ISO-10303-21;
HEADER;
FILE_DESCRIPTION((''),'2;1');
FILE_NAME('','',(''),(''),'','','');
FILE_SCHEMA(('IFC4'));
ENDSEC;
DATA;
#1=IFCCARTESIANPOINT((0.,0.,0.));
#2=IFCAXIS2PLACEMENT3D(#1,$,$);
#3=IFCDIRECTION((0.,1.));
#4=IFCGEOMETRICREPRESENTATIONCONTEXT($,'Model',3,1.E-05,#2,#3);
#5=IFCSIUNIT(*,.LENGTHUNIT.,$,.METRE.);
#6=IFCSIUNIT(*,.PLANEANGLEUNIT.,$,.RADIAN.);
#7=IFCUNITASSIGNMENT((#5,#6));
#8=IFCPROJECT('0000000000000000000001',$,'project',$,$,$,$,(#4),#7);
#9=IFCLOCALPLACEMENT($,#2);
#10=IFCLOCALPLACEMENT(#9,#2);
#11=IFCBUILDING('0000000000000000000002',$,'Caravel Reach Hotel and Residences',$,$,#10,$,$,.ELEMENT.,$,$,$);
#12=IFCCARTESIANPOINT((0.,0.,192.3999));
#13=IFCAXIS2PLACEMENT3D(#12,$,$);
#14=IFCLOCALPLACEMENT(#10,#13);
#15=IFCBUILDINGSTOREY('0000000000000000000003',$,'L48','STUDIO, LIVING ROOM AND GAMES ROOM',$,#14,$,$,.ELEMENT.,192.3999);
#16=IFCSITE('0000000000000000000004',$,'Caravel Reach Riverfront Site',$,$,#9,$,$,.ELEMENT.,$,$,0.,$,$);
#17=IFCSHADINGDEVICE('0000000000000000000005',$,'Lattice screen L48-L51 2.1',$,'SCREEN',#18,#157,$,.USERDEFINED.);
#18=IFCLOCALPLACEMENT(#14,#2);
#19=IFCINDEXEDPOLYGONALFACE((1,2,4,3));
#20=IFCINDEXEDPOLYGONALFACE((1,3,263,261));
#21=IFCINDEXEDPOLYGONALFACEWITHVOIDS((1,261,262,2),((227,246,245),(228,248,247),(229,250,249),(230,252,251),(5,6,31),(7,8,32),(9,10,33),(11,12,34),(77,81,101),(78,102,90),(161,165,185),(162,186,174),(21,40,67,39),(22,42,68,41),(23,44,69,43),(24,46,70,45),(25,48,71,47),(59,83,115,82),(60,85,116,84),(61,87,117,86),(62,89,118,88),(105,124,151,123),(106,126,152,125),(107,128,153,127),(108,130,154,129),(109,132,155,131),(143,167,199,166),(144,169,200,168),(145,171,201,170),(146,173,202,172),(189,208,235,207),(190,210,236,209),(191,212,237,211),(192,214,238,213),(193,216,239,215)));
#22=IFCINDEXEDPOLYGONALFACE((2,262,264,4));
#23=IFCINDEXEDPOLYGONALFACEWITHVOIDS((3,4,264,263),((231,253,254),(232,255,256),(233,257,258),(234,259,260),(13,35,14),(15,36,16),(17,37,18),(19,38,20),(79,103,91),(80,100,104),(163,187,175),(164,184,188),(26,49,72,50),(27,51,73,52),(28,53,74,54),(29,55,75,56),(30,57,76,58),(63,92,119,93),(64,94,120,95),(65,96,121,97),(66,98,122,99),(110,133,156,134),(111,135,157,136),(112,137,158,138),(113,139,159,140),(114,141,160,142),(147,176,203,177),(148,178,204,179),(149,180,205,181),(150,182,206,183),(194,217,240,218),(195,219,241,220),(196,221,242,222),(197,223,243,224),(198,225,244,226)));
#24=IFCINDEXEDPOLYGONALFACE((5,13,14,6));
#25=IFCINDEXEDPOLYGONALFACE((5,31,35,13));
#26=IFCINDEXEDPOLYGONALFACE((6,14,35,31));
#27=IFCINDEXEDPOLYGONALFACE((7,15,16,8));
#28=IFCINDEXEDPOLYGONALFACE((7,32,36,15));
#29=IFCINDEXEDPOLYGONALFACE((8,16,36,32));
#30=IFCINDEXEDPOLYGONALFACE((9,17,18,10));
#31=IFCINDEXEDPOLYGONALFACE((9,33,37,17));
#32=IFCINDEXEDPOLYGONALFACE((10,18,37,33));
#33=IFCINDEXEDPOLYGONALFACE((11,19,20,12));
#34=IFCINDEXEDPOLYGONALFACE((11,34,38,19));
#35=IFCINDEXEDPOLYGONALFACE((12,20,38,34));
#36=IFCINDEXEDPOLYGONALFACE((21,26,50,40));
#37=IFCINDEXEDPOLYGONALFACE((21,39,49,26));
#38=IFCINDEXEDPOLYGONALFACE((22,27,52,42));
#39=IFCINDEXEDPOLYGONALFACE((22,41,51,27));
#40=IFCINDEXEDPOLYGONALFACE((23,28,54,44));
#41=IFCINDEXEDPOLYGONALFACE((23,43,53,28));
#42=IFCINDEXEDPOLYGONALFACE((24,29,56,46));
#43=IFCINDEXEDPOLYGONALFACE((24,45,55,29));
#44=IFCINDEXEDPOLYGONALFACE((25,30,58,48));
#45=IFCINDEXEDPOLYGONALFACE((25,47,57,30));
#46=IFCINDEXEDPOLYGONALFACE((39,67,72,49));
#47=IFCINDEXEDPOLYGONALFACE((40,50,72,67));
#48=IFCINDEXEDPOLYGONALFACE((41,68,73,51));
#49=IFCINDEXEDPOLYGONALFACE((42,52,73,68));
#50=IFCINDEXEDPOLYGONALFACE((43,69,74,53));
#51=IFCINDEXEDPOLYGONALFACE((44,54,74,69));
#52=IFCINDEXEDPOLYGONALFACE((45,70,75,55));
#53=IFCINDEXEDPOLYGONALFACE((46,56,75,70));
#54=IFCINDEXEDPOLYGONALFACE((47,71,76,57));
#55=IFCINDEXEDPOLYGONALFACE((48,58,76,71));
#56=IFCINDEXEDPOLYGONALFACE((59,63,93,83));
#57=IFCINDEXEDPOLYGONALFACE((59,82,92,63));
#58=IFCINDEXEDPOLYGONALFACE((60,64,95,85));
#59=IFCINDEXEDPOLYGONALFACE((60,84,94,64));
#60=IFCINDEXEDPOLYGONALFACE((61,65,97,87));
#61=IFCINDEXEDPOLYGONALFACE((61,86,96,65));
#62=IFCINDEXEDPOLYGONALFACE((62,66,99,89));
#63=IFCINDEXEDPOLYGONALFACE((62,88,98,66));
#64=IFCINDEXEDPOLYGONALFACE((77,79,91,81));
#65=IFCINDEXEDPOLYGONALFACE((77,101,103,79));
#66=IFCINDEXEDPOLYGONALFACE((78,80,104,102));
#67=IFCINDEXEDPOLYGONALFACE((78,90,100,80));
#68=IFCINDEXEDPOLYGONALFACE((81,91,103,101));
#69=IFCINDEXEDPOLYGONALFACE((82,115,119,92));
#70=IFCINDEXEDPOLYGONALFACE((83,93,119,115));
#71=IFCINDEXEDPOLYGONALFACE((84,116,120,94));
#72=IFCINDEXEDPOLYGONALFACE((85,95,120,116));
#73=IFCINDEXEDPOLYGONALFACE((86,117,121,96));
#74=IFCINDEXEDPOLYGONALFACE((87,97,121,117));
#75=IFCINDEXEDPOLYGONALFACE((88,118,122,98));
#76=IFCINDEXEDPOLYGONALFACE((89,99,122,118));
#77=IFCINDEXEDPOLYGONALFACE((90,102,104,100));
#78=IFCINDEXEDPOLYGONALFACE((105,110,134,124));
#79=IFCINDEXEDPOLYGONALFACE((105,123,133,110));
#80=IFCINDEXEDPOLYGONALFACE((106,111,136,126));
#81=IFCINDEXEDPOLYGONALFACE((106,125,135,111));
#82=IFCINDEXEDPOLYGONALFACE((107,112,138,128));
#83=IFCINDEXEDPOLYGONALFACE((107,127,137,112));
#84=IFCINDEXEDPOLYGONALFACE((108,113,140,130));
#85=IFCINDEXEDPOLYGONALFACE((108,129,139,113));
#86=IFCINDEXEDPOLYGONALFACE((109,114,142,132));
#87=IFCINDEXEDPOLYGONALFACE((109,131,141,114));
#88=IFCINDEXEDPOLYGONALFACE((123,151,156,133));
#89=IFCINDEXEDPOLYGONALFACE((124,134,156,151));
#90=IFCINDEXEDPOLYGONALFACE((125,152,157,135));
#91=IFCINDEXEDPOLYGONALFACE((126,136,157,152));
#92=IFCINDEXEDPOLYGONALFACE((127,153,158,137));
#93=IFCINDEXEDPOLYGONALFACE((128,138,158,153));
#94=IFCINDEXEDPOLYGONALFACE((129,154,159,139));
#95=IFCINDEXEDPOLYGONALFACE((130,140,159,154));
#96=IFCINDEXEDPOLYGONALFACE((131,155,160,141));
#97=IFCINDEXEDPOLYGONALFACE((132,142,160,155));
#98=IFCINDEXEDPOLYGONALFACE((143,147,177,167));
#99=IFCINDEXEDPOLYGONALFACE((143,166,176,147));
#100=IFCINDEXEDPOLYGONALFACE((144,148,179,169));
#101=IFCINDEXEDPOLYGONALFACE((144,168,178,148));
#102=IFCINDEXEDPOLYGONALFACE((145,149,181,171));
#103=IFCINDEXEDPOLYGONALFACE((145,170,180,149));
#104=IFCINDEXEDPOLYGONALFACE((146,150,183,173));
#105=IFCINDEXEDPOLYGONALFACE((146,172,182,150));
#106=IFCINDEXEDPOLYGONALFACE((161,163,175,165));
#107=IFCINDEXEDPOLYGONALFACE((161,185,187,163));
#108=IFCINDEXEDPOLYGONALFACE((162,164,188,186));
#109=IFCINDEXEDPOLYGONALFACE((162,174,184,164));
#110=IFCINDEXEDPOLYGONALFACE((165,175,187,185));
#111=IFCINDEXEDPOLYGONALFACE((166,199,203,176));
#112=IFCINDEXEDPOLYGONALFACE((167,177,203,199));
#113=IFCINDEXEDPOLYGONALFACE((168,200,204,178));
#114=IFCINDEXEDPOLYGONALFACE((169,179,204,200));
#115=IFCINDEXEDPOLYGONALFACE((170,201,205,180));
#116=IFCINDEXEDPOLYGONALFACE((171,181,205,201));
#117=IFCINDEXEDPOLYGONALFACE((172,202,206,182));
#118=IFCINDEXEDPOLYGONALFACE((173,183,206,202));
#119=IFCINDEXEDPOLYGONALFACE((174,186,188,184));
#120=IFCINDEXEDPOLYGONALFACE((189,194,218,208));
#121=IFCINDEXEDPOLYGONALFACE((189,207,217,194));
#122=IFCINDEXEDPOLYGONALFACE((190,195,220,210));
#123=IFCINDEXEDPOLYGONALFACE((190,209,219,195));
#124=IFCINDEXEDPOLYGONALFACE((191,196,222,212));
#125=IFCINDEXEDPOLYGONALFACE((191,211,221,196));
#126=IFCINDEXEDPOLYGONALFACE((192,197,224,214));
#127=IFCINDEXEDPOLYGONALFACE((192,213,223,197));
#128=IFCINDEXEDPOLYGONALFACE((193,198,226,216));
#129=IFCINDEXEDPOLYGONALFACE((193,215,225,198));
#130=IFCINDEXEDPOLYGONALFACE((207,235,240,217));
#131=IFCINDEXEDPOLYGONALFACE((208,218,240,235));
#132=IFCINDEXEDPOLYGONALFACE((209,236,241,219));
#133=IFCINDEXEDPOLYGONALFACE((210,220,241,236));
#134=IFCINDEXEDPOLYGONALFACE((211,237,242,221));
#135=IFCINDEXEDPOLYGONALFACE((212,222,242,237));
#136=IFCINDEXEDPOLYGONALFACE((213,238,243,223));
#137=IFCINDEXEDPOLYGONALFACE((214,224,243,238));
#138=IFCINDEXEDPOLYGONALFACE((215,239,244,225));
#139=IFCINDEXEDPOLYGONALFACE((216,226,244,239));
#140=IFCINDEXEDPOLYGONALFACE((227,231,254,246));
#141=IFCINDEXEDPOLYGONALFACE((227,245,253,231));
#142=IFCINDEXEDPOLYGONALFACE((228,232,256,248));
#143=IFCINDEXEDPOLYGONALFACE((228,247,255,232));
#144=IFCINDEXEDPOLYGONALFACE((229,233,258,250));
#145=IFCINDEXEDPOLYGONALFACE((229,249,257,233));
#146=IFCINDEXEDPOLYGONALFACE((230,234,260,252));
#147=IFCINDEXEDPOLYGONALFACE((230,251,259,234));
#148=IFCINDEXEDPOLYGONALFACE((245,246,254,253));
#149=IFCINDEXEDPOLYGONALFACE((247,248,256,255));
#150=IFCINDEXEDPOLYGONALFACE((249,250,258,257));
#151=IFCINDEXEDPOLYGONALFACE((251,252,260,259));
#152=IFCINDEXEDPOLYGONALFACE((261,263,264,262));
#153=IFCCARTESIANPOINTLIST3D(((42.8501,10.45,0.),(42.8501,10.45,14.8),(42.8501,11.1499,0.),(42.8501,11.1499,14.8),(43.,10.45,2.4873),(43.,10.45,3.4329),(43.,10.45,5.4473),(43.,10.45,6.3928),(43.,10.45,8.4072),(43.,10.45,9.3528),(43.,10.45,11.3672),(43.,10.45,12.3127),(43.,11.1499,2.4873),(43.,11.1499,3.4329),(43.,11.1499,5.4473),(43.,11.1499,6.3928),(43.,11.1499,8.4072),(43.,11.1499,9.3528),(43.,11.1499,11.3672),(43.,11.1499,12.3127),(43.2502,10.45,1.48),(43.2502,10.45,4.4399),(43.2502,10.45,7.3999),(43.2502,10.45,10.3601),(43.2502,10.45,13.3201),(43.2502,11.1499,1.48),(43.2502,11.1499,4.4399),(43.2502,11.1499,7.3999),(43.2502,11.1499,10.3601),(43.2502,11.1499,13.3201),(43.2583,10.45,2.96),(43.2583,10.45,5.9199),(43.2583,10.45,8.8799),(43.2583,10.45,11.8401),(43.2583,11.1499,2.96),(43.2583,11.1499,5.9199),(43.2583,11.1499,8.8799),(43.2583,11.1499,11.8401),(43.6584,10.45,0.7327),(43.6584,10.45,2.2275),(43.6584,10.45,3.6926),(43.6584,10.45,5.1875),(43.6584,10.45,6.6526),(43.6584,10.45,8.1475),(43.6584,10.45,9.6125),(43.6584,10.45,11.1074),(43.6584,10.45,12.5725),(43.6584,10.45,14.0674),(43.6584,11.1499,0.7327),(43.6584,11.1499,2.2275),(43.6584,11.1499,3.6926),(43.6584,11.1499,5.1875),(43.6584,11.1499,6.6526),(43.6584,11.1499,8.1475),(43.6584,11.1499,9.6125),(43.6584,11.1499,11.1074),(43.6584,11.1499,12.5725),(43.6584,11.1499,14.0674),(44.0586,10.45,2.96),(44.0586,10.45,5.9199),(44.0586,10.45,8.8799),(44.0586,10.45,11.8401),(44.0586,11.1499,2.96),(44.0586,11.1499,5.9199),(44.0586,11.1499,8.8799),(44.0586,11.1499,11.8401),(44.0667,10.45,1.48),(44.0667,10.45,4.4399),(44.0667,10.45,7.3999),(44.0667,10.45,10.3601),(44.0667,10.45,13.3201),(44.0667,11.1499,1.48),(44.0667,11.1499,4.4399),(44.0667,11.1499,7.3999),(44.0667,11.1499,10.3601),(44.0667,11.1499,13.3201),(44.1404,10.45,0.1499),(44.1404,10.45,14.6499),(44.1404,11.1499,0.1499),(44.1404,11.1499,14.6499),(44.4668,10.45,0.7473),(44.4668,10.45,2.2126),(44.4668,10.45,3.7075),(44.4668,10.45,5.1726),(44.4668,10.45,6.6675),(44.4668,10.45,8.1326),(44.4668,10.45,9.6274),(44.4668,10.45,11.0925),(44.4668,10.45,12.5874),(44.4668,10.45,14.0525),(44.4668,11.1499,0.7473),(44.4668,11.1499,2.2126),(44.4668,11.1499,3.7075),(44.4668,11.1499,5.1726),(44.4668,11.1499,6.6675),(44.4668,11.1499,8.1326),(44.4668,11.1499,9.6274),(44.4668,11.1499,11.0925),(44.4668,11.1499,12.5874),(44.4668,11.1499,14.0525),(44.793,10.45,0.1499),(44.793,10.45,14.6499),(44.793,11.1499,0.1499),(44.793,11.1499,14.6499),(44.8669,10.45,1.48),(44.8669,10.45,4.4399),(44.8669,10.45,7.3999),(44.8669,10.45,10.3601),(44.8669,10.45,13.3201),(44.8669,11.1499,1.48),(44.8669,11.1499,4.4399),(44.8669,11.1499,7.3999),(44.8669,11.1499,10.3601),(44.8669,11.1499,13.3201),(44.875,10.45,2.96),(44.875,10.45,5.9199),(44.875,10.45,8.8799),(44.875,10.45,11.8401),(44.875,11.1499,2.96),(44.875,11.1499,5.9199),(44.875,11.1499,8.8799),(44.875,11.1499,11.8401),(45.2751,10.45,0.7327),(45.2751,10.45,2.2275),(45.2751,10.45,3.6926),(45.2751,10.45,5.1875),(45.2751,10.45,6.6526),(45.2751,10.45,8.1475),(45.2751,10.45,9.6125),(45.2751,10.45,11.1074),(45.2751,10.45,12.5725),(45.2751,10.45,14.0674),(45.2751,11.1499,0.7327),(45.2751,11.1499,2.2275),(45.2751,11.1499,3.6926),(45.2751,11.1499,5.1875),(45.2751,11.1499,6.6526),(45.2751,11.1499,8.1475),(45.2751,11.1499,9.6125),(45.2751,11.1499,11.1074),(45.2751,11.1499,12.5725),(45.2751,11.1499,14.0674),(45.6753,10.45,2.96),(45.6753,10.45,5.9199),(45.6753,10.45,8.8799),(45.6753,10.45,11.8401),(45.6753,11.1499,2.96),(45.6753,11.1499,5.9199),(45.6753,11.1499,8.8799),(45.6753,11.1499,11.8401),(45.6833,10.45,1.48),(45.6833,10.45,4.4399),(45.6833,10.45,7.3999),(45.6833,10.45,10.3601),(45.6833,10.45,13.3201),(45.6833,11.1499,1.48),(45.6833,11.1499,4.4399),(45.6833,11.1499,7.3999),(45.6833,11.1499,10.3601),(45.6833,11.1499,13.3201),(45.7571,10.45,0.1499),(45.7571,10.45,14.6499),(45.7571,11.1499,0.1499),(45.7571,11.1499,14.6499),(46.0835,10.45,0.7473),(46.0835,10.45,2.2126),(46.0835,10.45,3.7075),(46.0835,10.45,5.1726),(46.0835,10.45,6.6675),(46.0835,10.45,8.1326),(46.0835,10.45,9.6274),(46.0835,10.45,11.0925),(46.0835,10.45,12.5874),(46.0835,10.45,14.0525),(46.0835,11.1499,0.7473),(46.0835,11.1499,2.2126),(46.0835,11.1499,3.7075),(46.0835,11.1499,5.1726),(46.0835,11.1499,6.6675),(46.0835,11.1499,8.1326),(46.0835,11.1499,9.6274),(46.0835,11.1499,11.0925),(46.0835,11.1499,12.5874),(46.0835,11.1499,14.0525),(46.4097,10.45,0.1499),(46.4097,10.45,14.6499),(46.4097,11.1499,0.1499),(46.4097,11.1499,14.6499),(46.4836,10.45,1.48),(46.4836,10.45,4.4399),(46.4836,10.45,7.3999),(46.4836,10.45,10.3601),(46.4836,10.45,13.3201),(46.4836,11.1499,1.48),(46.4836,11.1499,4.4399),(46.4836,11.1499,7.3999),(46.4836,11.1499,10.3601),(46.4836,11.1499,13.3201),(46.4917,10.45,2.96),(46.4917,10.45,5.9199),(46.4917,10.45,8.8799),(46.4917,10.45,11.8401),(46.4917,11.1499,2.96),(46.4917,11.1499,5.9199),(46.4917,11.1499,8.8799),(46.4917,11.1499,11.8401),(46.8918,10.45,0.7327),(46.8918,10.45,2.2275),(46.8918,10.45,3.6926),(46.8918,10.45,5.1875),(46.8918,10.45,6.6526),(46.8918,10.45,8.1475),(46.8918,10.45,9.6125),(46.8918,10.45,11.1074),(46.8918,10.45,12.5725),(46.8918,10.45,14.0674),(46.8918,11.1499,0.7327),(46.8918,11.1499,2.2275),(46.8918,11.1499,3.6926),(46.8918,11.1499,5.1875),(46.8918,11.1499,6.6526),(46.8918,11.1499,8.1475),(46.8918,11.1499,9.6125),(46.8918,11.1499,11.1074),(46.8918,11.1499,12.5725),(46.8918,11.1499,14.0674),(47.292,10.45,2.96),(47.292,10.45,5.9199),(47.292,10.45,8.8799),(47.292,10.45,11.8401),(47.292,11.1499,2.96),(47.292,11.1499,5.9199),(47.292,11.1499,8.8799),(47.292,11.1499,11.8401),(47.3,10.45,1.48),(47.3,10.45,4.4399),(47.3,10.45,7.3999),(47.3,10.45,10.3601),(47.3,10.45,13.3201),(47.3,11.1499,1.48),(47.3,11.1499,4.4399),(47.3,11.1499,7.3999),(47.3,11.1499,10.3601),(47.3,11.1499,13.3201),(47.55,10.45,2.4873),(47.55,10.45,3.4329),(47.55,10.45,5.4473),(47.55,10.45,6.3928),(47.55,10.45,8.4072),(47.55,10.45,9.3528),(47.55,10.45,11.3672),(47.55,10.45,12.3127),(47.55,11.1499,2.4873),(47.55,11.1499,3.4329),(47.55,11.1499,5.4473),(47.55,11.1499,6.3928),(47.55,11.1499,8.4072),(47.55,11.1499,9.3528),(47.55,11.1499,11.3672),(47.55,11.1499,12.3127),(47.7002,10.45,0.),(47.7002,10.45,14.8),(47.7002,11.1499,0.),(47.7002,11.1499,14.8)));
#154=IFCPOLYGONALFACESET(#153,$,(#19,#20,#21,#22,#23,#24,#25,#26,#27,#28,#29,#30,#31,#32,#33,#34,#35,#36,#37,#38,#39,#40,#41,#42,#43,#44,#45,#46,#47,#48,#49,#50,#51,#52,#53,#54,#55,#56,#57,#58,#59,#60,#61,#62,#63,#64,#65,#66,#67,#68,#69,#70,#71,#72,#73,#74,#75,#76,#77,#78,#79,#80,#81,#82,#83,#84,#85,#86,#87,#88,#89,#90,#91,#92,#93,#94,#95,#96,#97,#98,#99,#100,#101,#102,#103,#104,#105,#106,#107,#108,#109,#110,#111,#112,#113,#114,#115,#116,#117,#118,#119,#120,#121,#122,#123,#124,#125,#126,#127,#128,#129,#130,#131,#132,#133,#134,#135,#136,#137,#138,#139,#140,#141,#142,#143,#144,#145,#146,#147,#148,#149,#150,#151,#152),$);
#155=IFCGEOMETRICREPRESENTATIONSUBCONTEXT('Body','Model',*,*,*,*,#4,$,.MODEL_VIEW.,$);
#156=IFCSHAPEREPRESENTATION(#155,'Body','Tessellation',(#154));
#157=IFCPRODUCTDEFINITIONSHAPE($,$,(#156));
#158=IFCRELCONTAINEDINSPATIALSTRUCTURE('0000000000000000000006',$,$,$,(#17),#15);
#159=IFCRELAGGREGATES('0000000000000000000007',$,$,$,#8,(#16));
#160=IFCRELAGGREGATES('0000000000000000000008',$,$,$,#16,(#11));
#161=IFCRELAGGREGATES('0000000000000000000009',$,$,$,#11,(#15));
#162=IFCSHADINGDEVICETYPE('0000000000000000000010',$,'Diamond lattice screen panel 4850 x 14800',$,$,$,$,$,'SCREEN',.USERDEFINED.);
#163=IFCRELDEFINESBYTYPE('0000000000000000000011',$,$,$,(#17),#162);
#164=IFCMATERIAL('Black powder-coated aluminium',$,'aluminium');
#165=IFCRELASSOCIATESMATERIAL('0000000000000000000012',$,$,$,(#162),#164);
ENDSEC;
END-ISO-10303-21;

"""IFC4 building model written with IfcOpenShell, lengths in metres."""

from ifc_helpers import new_model, si_unit, direction, frame, origin, place, context, subcontext, project, spatial, polyline, outline, extrude, material, type_object, element, save


model = new_model("IFC4")

# Units and contexts
model_context = context("Model", 3, precision=1e-05, world=origin(), true_north=direction((0.0, 1.0)))
body_context = subcontext(model_context, "Body", "Model", "MODEL_VIEW")
ifc_project = project(units=[si_unit("LENGTHUNIT", "METRE"), si_unit("PLANEANGLEUNIT", "RADIAN")], contexts=[model_context])

# Site, building, storey
site_placement = place(None, origin())
site = spatial("IfcSite", under=ifc_project, at=site_placement, Name="Caravel Reach Riverfront Site", CompositionType="ELEMENT", RefElevation=0.0)
building_placement = place(site_placement, origin())
building = spatial("IfcBuilding", under=site, at=building_placement, Name="Caravel Reach Hotel and Residences", CompositionType="ELEMENT")
storey_placement = place(building_placement, frame((0.0, 0.0, 192.3999)))
storey = spatial("IfcBuildingStorey", under=building, at=storey_placement, Name="L48", Description="STUDIO, LIVING ROOM AND GAMES ROOM", CompositionType="ELEMENT", Elevation=192.3999)

# Shading device
ifc_material_1 = material(Name="Black powder-coated aluminium", Category="aluminium")
shading_device_type_1 = type_object("IfcShadingDeviceType", Name="Diamond lattice screen panel 4850 x 14800", ElementType="SCREEN", PredefinedType="USERDEFINED", material=ifc_material_1)
shading_device_1_placement = place(storey_placement, frame((42.8501, 11.1499, 0.0), z_axis=(0.0, -1.0, 0.0), x_axis=(1.0, 0.0, 0.0)))
element("IfcShadingDevice", 1, at=shading_device_1_placement, inside=storey, type_object=shading_device_type_1, Name="Lattice screen L48-L51 2.1", ObjectType="SCREEN", PredefinedType="USERDEFINED", context=body_context, shape_type="SweptSolid", body=[
    extrude(outline(polyline([(0.0, 0.0), (4.8501, 0.0), (4.8501, 14.8), (0.0, 14.8), (0.0, 0.0)]), holes=[polyline([(0.4082, 2.96), (0.1499, 3.4329), (0.1499, 2.4873), (0.4082, 2.96)]), polyline([(0.4082, 5.9199), (0.1499, 6.3928), (0.1499, 5.4473), (0.4082, 5.9199)]), polyline([(0.4082, 8.8799), (0.1499, 9.3528), (0.1499, 8.4072), (0.4082, 8.8799)]), polyline([(0.4082, 11.8401), (0.1499, 12.3127), (0.1499, 11.3672), (0.4082, 11.8401)]), polyline([(0.8083, 2.2275), (0.4001, 1.48), (0.8083, 0.7327), (1.2166, 1.48), (0.8083, 2.2275)]), polyline([(0.8083, 5.1875), (0.4001, 4.4399), (0.8083, 3.6926), (1.2166, 4.4399), (0.8083, 5.1875)]), polyline([(0.8083, 8.1475), (0.4001, 7.3999), (0.8083, 6.6526), (1.2166, 7.3999), (0.8083, 8.1475)]), polyline([(0.8083, 11.1074), (0.4001, 10.3601), (0.8083, 9.6125), (1.2166, 10.3601), (0.8083, 11.1074)]), polyline([(0.8083, 14.0674), (0.4001, 13.3201), (0.8083, 12.5725), (1.2166, 13.3201), (0.8083, 14.0674)]), polyline([(1.6167, 0.7473), (1.2903, 0.1499), (1.9429, 0.1499), (1.6167, 0.7473)]), polyline([(1.6167, 3.7075), (1.2085, 2.96), (1.6167, 2.2126), (2.0249, 2.96), (1.6167, 3.7075)]), polyline([(1.6167, 6.6675), (1.2085, 5.9199), (1.6167, 5.1726), (2.0249, 5.9199), (1.6167, 6.6675)]), polyline([(1.6167, 9.6274), (1.2085, 8.8799), (1.6167, 8.1326), (2.0249, 8.8799), (1.6167, 9.6274)]), polyline([(1.6167, 12.5874), (1.2085, 11.8401), (1.6167, 11.0925), (2.0249, 11.8401), (1.6167, 12.5874)]), polyline([(1.6167, 14.0525), (1.9429, 14.6499), (1.2903, 14.6499), (1.6167, 14.0525)]), polyline([(2.425, 2.2275), (2.0168, 1.48), (2.425, 0.7327), (2.8333, 1.48), (2.425, 2.2275)]), polyline([(2.425, 5.1875), (2.0168, 4.4399), (2.425, 3.6926), (2.8333, 4.4399), (2.425, 5.1875)]), polyline([(2.425, 8.1475), (2.0168, 7.3999), (2.425, 6.6526), (2.8333, 7.3999), (2.425, 8.1475)]), polyline([(2.425, 11.1074), (2.0168, 10.3601), (2.425, 9.6125), (2.8333, 10.3601), (2.425, 11.1074)]), polyline([(2.425, 14.0674), (2.0168, 13.3201), (2.425, 12.5725), (2.8333, 13.3201), (2.425, 14.0674)]), polyline([(3.2334, 0.7473), (2.907, 0.1499), (3.5596, 0.1499), (3.2334, 0.7473)]), polyline([(3.2334, 3.7075), (2.8252, 2.96), (3.2334, 2.2126), (3.6416, 2.96), (3.2334, 3.7075)]), polyline([(3.2334, 6.6675), (2.8252, 5.9199), (3.2334, 5.1726), (3.6416, 5.9199), (3.2334, 6.6675)]), polyline([(3.2334, 9.6274), (2.8252, 8.8799), (3.2334, 8.1326), (3.6416, 8.8799), (3.2334, 9.6274)]), polyline([(3.2334, 12.5874), (2.8252, 11.8401), (3.2334, 11.0925), (3.6416, 11.8401), (3.2334, 12.5874)]), polyline([(3.2334, 14.0525), (3.5596, 14.6499), (2.907, 14.6499), (3.2334, 14.0525)]), polyline([(4.0417, 2.2275), (3.6335, 1.48), (4.0417, 0.7327), (4.45, 1.48), (4.0417, 2.2275)]), polyline([(4.0417, 5.1875), (3.6335, 4.4399), (4.0417, 3.6926), (4.45, 4.4399), (4.0417, 5.1875)]), polyline([(4.0417, 8.1475), (3.6335, 7.3999), (4.0417, 6.6526), (4.45, 7.3999), (4.0417, 8.1475)]), polyline([(4.0417, 11.1074), (3.6335, 10.3601), (4.0417, 9.6125), (4.45, 10.3601), (4.0417, 11.1074)]), polyline([(4.0417, 14.0674), (3.6335, 13.3201), (4.0417, 12.5725), (4.45, 13.3201), (4.0417, 14.0674)]), polyline([(4.4419, 2.96), (4.7, 2.4873), (4.7, 3.4329), (4.4419, 2.96)]), polyline([(4.4419, 5.9199), (4.7, 5.4473), (4.7, 6.3928), (4.4419, 5.9199)]), polyline([(4.4419, 8.8799), (4.7, 8.4072), (4.7, 9.3528), (4.4419, 8.8799)]), polyline([(4.4419, 11.8401), (4.7, 11.3672), (4.7, 12.3127), (4.4419, 11.8401)])]), origin(), (0.0, 0.0, 1.0), 0.7),
])

save(model, "model.ifc")
